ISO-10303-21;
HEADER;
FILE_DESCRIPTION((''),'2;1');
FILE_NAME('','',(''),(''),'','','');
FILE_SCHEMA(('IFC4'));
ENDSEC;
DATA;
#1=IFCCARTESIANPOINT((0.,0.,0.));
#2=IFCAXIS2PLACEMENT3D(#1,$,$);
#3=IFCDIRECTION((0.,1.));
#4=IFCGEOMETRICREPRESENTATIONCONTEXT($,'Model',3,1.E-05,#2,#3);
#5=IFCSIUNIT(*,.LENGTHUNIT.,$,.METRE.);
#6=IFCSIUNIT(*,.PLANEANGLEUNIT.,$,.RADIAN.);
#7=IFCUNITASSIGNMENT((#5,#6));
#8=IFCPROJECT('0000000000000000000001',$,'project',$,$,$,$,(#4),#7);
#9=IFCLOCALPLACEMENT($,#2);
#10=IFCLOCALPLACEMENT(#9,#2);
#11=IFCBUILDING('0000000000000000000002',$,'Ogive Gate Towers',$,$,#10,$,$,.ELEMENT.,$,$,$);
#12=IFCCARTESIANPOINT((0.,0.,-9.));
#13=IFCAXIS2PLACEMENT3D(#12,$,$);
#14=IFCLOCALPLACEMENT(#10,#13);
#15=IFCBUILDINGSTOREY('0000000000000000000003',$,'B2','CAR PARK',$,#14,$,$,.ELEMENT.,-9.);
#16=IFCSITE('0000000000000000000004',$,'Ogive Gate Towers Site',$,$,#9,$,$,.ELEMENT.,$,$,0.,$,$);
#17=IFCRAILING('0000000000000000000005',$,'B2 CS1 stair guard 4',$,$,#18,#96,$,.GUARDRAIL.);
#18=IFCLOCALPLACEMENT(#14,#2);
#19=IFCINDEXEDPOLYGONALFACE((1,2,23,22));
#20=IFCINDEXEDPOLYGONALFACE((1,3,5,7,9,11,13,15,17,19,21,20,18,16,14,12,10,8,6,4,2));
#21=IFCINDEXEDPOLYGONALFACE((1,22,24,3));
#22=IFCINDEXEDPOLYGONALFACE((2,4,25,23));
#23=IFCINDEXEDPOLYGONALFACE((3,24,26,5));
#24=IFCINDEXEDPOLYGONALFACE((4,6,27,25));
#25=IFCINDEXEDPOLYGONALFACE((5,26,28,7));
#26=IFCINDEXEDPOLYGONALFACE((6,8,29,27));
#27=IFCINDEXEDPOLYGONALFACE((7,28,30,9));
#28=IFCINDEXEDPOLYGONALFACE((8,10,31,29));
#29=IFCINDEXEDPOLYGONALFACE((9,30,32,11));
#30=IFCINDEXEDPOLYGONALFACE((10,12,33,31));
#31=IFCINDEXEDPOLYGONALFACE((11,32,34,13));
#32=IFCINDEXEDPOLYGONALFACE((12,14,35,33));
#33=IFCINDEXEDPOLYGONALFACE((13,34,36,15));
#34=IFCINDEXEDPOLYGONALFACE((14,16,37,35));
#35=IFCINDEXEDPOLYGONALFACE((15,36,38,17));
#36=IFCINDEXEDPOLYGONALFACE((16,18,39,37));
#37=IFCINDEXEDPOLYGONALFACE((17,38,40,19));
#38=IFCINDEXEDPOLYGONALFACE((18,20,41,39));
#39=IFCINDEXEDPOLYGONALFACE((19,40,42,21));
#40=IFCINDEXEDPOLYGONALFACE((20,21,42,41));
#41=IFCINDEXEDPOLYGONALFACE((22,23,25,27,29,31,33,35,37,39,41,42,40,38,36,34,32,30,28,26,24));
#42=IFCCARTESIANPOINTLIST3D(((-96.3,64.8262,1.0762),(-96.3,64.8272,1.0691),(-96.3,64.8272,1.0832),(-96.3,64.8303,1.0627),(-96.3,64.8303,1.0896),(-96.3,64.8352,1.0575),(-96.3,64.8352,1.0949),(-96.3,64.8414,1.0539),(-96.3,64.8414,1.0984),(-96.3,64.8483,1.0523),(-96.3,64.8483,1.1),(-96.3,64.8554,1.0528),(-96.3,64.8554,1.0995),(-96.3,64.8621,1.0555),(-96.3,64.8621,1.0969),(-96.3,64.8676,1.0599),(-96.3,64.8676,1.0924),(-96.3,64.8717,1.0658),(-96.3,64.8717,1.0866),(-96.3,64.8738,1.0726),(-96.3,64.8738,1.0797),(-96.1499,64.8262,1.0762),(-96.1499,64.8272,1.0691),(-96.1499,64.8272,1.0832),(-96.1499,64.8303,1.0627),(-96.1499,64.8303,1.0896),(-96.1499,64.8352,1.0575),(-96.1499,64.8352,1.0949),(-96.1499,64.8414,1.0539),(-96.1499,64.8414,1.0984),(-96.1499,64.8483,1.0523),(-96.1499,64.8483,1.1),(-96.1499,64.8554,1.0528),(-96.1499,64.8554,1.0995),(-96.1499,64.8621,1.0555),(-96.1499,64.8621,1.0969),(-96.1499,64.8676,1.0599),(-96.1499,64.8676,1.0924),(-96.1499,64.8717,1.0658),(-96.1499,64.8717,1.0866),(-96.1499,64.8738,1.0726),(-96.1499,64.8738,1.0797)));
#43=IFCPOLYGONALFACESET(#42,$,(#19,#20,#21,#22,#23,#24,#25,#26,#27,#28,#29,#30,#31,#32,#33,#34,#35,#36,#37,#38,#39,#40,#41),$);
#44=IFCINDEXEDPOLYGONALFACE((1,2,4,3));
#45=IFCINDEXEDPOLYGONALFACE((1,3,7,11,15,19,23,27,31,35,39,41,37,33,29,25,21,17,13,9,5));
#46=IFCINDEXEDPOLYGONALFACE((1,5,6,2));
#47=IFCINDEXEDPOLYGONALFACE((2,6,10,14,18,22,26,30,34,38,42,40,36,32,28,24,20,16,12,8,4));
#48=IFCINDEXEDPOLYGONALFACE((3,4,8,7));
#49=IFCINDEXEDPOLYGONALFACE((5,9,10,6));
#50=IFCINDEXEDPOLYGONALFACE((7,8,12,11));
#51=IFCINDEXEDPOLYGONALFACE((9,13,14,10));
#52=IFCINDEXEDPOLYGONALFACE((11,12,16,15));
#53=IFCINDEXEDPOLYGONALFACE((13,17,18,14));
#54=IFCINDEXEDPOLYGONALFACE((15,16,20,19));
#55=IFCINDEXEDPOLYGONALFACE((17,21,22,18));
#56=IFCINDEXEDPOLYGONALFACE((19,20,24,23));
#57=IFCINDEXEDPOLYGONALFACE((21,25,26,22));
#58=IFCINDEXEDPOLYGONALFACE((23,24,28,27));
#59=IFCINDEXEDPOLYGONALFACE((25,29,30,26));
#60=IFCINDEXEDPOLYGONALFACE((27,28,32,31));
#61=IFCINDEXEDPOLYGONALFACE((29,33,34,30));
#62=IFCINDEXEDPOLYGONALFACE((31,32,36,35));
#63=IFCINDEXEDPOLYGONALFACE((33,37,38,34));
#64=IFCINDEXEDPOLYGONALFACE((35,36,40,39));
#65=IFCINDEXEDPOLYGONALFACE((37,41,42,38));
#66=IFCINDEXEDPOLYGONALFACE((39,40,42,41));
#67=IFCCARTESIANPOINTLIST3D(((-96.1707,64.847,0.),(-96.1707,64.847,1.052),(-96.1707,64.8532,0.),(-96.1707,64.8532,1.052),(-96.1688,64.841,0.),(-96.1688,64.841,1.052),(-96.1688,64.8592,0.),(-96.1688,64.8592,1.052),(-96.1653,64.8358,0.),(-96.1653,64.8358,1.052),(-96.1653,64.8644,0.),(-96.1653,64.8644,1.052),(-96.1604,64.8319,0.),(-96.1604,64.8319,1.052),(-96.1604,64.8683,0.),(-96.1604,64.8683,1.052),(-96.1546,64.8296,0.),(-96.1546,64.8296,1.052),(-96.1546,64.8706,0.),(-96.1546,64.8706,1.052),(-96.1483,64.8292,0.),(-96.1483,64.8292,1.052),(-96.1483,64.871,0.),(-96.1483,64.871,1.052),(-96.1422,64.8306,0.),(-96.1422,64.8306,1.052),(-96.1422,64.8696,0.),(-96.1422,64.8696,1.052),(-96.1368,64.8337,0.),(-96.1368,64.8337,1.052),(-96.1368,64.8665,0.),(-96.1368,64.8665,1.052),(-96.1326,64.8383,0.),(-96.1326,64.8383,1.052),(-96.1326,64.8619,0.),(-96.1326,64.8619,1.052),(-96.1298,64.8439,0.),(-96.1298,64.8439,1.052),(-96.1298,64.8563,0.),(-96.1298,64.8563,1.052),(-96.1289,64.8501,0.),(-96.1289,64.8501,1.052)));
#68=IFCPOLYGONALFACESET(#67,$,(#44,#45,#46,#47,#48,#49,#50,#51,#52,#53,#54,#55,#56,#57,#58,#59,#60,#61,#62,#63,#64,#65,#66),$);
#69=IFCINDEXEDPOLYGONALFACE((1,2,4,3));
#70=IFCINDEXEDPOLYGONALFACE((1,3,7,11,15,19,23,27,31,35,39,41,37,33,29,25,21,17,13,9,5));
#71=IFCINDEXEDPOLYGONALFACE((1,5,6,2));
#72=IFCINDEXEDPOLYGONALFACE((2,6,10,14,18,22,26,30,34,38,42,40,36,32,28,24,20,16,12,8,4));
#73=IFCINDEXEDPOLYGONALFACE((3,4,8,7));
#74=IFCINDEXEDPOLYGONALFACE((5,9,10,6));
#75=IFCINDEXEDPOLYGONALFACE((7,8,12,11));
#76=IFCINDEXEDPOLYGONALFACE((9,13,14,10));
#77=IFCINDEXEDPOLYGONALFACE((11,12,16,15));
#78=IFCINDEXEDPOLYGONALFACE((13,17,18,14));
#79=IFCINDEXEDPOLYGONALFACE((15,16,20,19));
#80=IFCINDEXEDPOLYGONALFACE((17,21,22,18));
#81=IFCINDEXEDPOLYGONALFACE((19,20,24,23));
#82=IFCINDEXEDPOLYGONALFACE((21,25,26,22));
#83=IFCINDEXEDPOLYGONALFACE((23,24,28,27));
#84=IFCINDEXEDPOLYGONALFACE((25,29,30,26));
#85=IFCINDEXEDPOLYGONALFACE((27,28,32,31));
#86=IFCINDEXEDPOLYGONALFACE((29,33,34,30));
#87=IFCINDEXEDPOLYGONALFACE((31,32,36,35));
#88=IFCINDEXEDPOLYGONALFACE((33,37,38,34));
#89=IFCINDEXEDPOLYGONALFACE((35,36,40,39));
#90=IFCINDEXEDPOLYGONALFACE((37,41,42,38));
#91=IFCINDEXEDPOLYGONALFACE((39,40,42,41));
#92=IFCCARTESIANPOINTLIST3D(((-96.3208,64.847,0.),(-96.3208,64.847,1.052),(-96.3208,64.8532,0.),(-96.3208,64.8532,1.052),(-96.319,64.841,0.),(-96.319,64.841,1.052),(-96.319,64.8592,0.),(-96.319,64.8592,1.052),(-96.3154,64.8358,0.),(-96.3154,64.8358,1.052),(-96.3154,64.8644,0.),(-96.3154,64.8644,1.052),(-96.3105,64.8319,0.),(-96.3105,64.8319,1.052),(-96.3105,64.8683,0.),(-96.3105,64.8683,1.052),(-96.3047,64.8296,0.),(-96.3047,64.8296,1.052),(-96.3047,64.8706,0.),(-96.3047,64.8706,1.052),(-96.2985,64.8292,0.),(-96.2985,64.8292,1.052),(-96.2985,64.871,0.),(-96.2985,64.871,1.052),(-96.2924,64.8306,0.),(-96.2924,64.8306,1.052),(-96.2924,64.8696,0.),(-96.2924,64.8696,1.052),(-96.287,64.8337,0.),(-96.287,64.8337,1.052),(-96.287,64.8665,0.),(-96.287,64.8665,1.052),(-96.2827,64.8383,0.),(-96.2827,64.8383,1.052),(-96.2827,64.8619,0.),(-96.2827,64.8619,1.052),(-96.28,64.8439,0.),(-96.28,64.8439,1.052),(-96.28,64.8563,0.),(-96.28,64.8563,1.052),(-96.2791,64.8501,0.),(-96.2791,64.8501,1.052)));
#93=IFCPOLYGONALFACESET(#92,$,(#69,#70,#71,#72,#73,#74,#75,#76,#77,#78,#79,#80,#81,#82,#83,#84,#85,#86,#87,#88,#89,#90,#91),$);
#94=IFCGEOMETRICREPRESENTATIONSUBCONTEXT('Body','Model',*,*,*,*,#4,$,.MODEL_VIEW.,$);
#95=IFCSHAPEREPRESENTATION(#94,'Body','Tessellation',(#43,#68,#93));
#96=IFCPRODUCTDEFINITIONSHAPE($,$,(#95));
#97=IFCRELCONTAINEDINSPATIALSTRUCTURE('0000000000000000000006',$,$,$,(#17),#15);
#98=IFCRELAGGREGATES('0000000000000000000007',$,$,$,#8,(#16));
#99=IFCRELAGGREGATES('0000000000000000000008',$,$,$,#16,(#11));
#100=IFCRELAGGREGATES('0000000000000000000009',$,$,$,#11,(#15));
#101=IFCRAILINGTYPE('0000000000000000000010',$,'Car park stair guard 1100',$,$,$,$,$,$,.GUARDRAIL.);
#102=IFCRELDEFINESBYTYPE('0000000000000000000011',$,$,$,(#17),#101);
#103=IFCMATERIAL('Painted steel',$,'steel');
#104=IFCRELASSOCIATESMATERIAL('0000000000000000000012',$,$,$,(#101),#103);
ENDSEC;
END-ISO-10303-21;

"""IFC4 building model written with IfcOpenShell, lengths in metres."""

from ifc_helpers import new_model, si_unit, direction, frame, origin, origin_2d, place, context, subcontext, project, spatial, circle, extrude, material, type_object, element, save


model = new_model("IFC4")

# Units and contexts
model_context = context("Model", 3, precision=1e-05, world=origin(), true_north=direction((0.0, 1.0)))
body_context = subcontext(model_context, "Body", "Model", "MODEL_VIEW")
ifc_project = project(units=[si_unit("LENGTHUNIT", "METRE"), si_unit("PLANEANGLEUNIT", "RADIAN")], contexts=[model_context])

# Site, building, storey
site_placement = place(None, origin())
site = spatial("IfcSite", under=ifc_project, at=site_placement, Name="Ogive Gate Towers Site", CompositionType="ELEMENT", RefElevation=0.0)
building_placement = place(site_placement, origin())
building = spatial("IfcBuilding", under=site, at=building_placement, Name="Ogive Gate Towers", CompositionType="ELEMENT")
storey_placement = place(building_placement, frame((0.0, 0.0, -9.0)))
storey = spatial("IfcBuildingStorey", under=building, at=storey_placement, Name="B2", Description="CAR PARK", CompositionType="ELEMENT", Elevation=-9.0)

# Railing
ifc_material_1 = material(Name="Painted steel", Category="steel")
railing_type_1 = type_object("IfcRailingType", Name="Car park stair guard 1100", PredefinedType="GUARDRAIL", material=ifc_material_1)
railing_1_placement = place(storey_placement, frame((-96.1499, 64.8501, 0.0)))
element("IfcRailing", 1, at=railing_1_placement, inside=storey, type_object=railing_type_1, Name="B2 CS1 stair guard 4", PredefinedType="GUARDRAIL", context=body_context, shape_type="SweptSolid", body=[
    extrude(circle(Radius=0.0239, at=origin_2d()), frame((0.0, 0.0, 1.0762), z_axis=(-1.0, 0.0, 0.0), x_axis=(0.0, -1.0, 0.0)), (0.0, 0.0, 1.0), 0.1501),
    extrude(circle(Radius=0.021, at=origin_2d()), origin(), (0.0, 0.0, 1.0), 1.052),
    extrude(circle(Radius=0.021, at=origin_2d()), frame((-0.1501, 0.0, 0.0)), (0.0, 0.0, 1.0), 1.052),
])

save(model, "model.ifc")
